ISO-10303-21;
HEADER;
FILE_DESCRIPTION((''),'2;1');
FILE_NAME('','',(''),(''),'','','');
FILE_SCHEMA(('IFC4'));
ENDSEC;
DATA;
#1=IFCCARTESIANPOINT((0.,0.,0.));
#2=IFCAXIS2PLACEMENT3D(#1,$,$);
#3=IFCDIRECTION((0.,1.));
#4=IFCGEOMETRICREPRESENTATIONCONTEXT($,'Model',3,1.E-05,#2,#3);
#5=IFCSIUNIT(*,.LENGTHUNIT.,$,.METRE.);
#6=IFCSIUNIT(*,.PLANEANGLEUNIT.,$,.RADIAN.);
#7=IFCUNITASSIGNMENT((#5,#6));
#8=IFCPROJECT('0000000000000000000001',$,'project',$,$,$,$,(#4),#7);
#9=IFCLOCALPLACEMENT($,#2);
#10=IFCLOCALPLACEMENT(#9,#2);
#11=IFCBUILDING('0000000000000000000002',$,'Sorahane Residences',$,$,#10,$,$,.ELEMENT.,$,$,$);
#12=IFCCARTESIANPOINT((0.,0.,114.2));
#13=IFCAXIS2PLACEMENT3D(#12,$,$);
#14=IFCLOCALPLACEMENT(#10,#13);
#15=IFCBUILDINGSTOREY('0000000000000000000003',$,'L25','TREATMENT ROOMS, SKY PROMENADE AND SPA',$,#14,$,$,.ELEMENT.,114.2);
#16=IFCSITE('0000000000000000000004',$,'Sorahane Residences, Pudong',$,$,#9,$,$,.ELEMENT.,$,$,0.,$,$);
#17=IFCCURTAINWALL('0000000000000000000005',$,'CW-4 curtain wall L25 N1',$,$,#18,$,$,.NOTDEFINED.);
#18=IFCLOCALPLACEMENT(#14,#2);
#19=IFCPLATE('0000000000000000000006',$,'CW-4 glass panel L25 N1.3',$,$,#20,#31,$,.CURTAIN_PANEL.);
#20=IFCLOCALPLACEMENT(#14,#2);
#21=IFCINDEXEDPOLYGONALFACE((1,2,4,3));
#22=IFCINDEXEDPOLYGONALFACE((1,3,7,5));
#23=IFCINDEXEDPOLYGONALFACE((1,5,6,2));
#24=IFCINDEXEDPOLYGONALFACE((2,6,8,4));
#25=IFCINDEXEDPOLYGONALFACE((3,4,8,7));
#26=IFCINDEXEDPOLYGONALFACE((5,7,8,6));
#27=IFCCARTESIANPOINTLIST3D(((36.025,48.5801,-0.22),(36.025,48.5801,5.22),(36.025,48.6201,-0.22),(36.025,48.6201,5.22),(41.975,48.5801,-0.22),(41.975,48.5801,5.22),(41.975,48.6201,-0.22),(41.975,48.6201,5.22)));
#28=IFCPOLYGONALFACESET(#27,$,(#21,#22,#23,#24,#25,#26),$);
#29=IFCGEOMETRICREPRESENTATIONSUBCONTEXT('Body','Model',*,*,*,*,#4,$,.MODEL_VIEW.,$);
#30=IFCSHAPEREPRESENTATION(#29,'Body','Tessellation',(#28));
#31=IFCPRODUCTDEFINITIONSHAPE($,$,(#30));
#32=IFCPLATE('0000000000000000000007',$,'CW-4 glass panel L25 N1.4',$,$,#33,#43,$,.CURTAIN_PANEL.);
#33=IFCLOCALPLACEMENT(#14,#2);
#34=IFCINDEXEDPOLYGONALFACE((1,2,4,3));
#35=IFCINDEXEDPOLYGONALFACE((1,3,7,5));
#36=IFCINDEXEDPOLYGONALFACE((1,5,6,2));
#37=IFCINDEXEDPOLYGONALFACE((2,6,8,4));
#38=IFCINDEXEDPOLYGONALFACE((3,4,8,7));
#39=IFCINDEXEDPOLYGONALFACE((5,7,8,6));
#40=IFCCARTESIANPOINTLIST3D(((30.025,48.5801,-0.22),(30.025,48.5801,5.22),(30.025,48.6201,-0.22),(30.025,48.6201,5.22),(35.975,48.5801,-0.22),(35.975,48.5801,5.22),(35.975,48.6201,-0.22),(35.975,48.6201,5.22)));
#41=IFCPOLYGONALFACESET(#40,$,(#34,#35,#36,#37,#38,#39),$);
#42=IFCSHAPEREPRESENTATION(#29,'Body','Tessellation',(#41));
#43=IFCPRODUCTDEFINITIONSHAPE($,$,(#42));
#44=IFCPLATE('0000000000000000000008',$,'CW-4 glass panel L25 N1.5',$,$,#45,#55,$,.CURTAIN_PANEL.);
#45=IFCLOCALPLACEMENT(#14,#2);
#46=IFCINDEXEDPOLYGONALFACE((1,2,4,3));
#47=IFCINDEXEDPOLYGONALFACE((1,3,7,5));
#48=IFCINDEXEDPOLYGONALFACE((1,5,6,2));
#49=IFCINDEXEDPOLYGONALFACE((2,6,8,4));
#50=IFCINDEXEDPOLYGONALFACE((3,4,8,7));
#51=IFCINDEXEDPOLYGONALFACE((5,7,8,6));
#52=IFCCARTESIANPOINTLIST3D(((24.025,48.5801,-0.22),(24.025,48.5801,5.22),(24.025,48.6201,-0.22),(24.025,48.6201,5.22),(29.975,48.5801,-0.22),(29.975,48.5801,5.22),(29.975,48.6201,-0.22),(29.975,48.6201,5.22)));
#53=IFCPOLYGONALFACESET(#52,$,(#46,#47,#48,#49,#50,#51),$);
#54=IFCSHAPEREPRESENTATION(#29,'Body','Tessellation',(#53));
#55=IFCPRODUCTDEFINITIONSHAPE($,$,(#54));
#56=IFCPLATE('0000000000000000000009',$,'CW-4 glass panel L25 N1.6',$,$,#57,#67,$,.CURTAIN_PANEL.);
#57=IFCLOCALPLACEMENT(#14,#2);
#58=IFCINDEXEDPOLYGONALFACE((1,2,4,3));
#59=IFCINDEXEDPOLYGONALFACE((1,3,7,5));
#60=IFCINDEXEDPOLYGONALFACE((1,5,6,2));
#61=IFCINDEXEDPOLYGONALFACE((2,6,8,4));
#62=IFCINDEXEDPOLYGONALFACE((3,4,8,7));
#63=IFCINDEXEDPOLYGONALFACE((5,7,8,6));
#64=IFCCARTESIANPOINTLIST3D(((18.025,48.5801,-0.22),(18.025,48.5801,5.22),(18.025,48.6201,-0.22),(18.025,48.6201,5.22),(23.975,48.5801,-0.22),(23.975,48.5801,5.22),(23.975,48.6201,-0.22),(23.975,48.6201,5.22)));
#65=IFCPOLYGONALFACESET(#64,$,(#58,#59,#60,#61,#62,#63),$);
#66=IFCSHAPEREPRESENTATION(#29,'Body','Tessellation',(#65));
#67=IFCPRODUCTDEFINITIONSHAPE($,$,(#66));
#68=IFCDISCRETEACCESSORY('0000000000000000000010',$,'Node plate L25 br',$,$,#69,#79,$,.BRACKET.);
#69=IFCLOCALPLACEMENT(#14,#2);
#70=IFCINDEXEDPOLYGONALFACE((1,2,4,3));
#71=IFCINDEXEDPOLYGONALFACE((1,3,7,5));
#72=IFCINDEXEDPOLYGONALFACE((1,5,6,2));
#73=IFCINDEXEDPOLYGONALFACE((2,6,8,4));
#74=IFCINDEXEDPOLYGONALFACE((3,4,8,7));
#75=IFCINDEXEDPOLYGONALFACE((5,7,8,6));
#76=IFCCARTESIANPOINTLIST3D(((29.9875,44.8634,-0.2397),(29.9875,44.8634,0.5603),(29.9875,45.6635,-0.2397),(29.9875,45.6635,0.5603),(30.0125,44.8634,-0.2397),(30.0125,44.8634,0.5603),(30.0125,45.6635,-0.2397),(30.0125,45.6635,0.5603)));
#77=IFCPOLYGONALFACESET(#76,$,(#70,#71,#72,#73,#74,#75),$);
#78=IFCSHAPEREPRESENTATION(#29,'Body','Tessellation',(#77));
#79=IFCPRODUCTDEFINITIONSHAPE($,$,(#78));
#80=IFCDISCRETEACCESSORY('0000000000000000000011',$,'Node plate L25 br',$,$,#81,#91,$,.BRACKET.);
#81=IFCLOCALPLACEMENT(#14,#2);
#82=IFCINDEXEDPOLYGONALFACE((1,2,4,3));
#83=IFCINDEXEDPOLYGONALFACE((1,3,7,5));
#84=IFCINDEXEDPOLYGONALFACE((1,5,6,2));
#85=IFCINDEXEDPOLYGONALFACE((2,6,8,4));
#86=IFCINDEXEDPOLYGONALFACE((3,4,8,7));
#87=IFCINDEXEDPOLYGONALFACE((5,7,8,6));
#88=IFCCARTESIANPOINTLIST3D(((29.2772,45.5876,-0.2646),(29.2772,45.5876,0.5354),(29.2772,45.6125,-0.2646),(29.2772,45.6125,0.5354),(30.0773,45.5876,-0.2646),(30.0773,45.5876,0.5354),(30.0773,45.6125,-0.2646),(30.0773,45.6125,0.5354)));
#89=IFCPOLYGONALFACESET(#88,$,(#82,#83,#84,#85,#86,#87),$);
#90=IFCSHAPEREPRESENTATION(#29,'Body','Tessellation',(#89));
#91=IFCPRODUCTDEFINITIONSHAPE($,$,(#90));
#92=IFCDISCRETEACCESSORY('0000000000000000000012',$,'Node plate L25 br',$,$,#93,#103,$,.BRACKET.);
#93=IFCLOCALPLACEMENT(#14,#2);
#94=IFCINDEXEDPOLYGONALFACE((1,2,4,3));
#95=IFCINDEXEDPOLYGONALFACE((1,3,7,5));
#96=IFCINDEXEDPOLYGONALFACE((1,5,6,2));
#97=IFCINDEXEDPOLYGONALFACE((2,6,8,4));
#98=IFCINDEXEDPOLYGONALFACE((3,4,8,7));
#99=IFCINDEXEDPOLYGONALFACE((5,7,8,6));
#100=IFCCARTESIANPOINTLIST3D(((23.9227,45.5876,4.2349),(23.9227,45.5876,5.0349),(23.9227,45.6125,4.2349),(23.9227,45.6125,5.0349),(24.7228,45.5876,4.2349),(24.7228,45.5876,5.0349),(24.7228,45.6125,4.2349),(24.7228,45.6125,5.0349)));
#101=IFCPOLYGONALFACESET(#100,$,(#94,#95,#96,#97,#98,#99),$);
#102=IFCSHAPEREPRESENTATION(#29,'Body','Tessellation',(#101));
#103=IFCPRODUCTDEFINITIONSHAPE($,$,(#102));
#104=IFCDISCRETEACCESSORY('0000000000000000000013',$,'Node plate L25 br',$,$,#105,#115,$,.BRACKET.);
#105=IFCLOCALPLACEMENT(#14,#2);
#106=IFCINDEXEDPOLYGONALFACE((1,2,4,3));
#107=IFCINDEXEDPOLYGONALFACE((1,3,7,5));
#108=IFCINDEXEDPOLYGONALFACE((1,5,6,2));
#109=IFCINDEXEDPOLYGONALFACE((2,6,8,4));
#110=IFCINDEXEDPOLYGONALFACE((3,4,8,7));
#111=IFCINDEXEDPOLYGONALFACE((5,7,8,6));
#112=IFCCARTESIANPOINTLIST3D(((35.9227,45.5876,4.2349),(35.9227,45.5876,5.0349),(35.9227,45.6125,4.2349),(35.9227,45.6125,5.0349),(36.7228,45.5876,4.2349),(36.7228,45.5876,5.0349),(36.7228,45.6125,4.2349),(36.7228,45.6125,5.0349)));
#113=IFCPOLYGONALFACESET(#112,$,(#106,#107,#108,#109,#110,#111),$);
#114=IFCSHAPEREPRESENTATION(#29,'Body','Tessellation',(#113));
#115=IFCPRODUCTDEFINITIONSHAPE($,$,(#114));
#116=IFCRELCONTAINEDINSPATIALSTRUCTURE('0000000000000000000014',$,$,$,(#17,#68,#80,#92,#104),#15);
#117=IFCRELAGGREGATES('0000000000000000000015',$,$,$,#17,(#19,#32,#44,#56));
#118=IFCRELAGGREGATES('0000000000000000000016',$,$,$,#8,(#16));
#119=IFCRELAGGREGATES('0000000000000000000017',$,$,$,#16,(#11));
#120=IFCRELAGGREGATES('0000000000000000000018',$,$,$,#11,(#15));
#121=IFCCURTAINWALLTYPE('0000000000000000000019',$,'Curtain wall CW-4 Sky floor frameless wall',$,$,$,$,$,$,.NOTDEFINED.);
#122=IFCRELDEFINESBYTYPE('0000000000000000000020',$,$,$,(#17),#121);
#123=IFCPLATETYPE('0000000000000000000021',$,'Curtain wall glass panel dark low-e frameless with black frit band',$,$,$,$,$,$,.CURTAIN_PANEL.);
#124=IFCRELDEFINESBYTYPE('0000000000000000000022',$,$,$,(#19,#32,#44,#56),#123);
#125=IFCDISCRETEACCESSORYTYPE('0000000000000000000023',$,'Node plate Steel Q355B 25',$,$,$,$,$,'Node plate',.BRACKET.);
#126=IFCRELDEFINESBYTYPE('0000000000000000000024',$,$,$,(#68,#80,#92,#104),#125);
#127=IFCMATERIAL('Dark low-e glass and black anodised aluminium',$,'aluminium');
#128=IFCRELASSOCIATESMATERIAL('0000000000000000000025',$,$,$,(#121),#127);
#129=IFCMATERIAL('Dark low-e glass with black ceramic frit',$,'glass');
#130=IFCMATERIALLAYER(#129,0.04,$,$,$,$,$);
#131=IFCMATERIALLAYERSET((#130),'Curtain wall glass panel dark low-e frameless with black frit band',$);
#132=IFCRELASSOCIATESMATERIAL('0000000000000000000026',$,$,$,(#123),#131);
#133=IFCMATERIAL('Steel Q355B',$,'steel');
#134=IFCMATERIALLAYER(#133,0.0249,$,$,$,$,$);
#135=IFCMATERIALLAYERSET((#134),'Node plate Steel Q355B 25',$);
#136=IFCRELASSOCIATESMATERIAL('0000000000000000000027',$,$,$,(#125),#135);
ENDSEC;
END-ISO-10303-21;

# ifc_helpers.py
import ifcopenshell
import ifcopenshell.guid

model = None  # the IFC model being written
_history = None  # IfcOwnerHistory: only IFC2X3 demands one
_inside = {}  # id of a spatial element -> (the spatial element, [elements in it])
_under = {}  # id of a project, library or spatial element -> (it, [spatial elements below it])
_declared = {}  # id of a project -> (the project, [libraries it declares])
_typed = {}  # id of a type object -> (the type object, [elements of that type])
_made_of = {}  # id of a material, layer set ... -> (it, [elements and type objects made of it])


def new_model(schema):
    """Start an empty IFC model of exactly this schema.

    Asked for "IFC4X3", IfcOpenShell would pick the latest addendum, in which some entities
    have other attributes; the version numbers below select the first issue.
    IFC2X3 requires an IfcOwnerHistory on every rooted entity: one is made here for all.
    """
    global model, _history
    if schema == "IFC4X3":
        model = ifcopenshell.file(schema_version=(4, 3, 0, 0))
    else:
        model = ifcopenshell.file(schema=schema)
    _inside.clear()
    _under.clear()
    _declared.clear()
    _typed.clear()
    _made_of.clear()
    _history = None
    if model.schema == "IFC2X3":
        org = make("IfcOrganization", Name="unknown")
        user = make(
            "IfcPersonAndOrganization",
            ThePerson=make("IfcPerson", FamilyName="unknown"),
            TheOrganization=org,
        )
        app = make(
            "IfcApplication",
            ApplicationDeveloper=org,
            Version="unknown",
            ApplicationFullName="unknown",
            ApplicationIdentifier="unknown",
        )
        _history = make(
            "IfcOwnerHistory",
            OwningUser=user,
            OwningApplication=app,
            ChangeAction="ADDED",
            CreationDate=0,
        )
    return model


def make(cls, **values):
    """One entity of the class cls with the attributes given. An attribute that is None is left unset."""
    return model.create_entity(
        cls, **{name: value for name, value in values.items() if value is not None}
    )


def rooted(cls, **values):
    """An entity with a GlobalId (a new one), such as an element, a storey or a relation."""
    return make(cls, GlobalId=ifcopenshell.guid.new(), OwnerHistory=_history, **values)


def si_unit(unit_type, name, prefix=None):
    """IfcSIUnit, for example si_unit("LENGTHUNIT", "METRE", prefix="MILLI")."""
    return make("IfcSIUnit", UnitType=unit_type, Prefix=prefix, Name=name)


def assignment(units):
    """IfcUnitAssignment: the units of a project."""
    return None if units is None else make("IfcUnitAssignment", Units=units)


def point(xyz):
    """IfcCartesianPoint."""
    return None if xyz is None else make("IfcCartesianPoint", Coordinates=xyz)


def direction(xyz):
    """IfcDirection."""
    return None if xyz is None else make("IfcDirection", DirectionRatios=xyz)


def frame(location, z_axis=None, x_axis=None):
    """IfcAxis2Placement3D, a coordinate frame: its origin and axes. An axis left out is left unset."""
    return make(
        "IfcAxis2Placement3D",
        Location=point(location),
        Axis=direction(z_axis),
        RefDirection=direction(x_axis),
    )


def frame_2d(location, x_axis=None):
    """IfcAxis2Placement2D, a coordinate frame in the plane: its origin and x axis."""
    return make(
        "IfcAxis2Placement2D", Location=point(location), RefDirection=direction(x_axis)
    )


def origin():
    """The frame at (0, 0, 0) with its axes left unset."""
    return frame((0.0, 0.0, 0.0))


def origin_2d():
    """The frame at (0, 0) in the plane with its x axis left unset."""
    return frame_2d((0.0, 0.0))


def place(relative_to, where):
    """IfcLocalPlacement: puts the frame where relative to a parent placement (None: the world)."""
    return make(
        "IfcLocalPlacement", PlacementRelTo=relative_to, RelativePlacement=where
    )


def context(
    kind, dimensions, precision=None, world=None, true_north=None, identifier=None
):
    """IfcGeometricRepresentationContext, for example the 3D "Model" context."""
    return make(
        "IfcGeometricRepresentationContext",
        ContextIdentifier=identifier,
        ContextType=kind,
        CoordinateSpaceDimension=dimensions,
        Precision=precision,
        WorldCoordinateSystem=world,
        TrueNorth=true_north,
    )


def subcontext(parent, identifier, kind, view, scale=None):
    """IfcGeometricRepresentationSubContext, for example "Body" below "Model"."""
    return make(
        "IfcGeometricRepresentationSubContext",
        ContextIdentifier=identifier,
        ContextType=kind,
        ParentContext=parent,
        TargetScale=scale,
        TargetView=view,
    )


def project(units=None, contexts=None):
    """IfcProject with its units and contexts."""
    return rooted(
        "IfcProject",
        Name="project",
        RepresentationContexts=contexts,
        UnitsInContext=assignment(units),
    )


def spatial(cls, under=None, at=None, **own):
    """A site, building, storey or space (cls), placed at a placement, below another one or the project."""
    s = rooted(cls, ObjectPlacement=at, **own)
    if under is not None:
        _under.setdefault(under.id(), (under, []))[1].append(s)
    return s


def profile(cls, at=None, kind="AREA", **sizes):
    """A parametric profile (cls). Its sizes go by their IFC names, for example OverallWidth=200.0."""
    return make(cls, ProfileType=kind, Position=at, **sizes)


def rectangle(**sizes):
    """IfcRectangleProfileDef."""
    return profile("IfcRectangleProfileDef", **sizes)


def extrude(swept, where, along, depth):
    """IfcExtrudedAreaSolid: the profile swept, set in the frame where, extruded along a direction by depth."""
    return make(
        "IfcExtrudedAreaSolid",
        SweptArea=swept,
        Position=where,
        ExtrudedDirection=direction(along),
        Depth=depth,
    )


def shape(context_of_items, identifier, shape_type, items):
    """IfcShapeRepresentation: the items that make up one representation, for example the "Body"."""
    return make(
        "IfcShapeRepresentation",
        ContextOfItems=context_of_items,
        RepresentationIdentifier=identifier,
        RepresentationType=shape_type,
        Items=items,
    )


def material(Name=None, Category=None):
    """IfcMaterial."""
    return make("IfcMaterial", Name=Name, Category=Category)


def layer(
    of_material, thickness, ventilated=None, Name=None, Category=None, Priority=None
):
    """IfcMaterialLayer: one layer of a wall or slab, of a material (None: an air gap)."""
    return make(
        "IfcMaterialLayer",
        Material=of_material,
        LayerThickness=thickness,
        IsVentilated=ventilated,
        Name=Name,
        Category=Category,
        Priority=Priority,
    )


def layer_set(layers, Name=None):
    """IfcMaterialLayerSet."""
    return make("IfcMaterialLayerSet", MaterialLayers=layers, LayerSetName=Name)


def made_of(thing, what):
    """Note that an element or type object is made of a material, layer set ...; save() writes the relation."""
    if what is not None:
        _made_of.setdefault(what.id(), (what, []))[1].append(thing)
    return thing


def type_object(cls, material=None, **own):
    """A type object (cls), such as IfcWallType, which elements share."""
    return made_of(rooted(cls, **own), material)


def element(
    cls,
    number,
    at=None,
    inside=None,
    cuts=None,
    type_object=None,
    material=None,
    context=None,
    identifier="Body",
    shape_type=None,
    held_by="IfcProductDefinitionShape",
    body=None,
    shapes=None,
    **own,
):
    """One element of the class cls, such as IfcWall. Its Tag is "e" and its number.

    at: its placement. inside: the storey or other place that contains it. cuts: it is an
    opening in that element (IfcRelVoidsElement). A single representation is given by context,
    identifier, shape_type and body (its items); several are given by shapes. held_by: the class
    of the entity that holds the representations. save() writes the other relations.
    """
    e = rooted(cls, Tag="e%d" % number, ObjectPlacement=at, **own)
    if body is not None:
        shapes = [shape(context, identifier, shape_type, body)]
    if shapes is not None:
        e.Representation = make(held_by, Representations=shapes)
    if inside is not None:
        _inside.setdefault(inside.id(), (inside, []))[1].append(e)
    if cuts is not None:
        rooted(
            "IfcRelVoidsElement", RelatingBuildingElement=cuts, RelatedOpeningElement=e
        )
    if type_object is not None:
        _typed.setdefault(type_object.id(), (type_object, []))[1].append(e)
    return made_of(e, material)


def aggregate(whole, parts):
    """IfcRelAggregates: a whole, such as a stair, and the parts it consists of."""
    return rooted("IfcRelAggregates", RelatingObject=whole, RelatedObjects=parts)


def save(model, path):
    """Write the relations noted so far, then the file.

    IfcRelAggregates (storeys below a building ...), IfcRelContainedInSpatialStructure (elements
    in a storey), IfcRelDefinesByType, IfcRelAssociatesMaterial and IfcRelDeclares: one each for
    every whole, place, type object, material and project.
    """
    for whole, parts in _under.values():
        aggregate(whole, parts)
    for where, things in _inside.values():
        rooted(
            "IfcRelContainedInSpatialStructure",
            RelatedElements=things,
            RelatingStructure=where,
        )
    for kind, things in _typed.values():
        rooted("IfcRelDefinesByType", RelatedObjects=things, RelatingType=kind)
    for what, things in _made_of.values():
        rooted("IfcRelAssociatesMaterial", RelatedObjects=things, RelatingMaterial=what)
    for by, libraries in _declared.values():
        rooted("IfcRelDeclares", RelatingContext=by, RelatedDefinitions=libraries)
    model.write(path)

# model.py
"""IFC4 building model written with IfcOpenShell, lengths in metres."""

from ifc_helpers import new_model, si_unit, direction, frame, origin, origin_2d, place, context, subcontext, project, spatial, rectangle, extrude, material, layer, layer_set, type_object, element, aggregate, save


model = new_model("IFC4")

# Units and contexts
model_context = context("Model", 3, precision=1e-05, world=origin(), true_north=direction((0.0, 1.0)))
body_context = subcontext(model_context, "Body", "Model", "MODEL_VIEW")
ifc_project = project(units=[si_unit("LENGTHUNIT", "METRE"), si_unit("PLANEANGLEUNIT", "RADIAN")], contexts=[model_context])

# Site, building, storey
site_placement = place(None, origin())
site = spatial("IfcSite", under=ifc_project, at=site_placement, Name="Sorahane Residences, Pudong", CompositionType="ELEMENT", RefElevation=0.0)
building_placement = place(site_placement, origin())
building = spatial("IfcBuilding", under=site, at=building_placement, Name="Sorahane Residences", CompositionType="ELEMENT")
storey_placement = place(building_placement, frame((0.0, 0.0, 114.2)))
storey = spatial("IfcBuildingStorey", under=building, at=storey_placement, Name="L25", Description="TREATMENT ROOMS, SKY PROMENADE AND SPA", CompositionType="ELEMENT", Elevation=114.2)

# Curtain wall
ifc_material_1 = material(Name="Dark low-e glass and black anodised aluminium", Category="aluminium")
curtain_wall_type = type_object("IfcCurtainWallType", Name="Curtain wall CW-4 Sky floor frameless wall", PredefinedType="NOTDEFINED", material=ifc_material_1)
curtain_wall_placement = place(storey_placement, origin())
curtain_wall = element("IfcCurtainWall", 1, at=curtain_wall_placement, inside=storey, type_object=curtain_wall_type, Name="CW-4 curtain wall L25 N1", PredefinedType="NOTDEFINED")

# Plates
ifc_material_2 = material(Name="Dark low-e glass with black ceramic frit", Category="glass")
ifc_layer_1 = layer(ifc_material_2, 0.04)
ifc_layer_set_1 = layer_set([ifc_layer_1], Name="Curtain wall glass panel dark low-e frameless with black frit band")
plate_type = type_object("IfcPlateType", Name="Curtain wall glass panel dark low-e frameless with black frit band", PredefinedType="CURTAIN_PANEL", material=ifc_layer_set_1)
plate_1_placement = place(storey_placement, frame((39.0, 48.6001, -0.22), z_axis=(0.0, 0.0, 1.0), x_axis=(-1.0, 0.0, 0.0)))
plate_1 = element("IfcPlate", 2, at=plate_1_placement, type_object=plate_type, Name="CW-4 glass panel L25 N1.3", PredefinedType="CURTAIN_PANEL", context=body_context, shape_type="SweptSolid", body=[
    extrude(rectangle(XDim=5.95, YDim=0.04, at=origin_2d()), origin(), (0.0, 0.0, 1.0), 5.4399),
])
plate_2_placement = place(storey_placement, frame((33.0, 48.6001, -0.22), z_axis=(0.0, 0.0, 1.0), x_axis=(-1.0, 0.0, 0.0)))
plate_2 = element("IfcPlate", 3, at=plate_2_placement, type_object=plate_type, Name="CW-4 glass panel L25 N1.4", PredefinedType="CURTAIN_PANEL", context=body_context, shape_type="SweptSolid", body=[
    extrude(rectangle(XDim=5.95, YDim=0.04, at=origin_2d()), origin(), (0.0, 0.0, 1.0), 5.4399),
])
plate_3_placement = place(storey_placement, frame((27.0, 48.6001, -0.22), z_axis=(0.0, 0.0, 1.0), x_axis=(-1.0, 0.0, 0.0)))
plate_3 = element("IfcPlate", 4, at=plate_3_placement, type_object=plate_type, Name="CW-4 glass panel L25 N1.5", PredefinedType="CURTAIN_PANEL", context=body_context, shape_type="SweptSolid", body=[
    extrude(rectangle(XDim=5.95, YDim=0.04, at=origin_2d()), origin(), (0.0, 0.0, 1.0), 5.4399),
])
plate_4_placement = place(storey_placement, frame((21.0, 48.6001, -0.22), z_axis=(0.0, 0.0, 1.0), x_axis=(-1.0, 0.0, 0.0)))
plate_4 = element("IfcPlate", 5, at=plate_4_placement, type_object=plate_type, Name="CW-4 glass panel L25 N1.6", PredefinedType="CURTAIN_PANEL", context=body_context, shape_type="SweptSolid", body=[
    extrude(rectangle(XDim=5.95, YDim=0.04, at=origin_2d()), origin(), (0.0, 0.0, 1.0), 5.4399),
])
aggregate(curtain_wall, [plate_1, plate_2, plate_3, plate_4])

# Discrete accessories
ifc_material_3 = material(Name="Steel Q355B", Category="steel")
ifc_layer_2 = layer(ifc_material_3, 0.0249)
ifc_layer_set_2 = layer_set([ifc_layer_2], Name="Node plate Steel Q355B 25")
discrete_accessory_type = type_object("IfcDiscreteAccessoryType", Name="Node plate Steel Q355B 25", ElementType="Node plate", PredefinedType="BRACKET", material=ifc_layer_set_2)
for number, where, z_axis, x_axis, name in (
    (6, (30.0, 45.2634, -0.2397), (0.0, 0.0, 1.0), (0.0, 1.0, 0.0), "Node plate L25 br"),
    (7, (29.6772, 45.6001, -0.2646), (0.0, 0.0, 1.0), (1.0, 0.0, 0.0), "Node plate L25 br"),
    (8, (24.3228, 45.6001, 4.2349), (0.0, 0.0, 1.0), (1.0, 0.0, 0.0), "Node plate L25 br"),
    (9, (36.3228, 45.6001, 4.2349), (0.0, 0.0, 1.0), (1.0, 0.0, 0.0), "Node plate L25 br"),
):
    element("IfcDiscreteAccessory", number, at=place(storey_placement, frame(where, z_axis=z_axis, x_axis=x_axis)), inside=storey, type_object=discrete_accessory_type, Name=name, PredefinedType="BRACKET", context=body_context, shape_type="SweptSolid", body=[
        extrude(rectangle(XDim=0.8, YDim=0.0249, at=origin_2d()), origin(), (0.0, 0.0, 1.0), 0.8),
    ])

save(model, "model.ifc")
